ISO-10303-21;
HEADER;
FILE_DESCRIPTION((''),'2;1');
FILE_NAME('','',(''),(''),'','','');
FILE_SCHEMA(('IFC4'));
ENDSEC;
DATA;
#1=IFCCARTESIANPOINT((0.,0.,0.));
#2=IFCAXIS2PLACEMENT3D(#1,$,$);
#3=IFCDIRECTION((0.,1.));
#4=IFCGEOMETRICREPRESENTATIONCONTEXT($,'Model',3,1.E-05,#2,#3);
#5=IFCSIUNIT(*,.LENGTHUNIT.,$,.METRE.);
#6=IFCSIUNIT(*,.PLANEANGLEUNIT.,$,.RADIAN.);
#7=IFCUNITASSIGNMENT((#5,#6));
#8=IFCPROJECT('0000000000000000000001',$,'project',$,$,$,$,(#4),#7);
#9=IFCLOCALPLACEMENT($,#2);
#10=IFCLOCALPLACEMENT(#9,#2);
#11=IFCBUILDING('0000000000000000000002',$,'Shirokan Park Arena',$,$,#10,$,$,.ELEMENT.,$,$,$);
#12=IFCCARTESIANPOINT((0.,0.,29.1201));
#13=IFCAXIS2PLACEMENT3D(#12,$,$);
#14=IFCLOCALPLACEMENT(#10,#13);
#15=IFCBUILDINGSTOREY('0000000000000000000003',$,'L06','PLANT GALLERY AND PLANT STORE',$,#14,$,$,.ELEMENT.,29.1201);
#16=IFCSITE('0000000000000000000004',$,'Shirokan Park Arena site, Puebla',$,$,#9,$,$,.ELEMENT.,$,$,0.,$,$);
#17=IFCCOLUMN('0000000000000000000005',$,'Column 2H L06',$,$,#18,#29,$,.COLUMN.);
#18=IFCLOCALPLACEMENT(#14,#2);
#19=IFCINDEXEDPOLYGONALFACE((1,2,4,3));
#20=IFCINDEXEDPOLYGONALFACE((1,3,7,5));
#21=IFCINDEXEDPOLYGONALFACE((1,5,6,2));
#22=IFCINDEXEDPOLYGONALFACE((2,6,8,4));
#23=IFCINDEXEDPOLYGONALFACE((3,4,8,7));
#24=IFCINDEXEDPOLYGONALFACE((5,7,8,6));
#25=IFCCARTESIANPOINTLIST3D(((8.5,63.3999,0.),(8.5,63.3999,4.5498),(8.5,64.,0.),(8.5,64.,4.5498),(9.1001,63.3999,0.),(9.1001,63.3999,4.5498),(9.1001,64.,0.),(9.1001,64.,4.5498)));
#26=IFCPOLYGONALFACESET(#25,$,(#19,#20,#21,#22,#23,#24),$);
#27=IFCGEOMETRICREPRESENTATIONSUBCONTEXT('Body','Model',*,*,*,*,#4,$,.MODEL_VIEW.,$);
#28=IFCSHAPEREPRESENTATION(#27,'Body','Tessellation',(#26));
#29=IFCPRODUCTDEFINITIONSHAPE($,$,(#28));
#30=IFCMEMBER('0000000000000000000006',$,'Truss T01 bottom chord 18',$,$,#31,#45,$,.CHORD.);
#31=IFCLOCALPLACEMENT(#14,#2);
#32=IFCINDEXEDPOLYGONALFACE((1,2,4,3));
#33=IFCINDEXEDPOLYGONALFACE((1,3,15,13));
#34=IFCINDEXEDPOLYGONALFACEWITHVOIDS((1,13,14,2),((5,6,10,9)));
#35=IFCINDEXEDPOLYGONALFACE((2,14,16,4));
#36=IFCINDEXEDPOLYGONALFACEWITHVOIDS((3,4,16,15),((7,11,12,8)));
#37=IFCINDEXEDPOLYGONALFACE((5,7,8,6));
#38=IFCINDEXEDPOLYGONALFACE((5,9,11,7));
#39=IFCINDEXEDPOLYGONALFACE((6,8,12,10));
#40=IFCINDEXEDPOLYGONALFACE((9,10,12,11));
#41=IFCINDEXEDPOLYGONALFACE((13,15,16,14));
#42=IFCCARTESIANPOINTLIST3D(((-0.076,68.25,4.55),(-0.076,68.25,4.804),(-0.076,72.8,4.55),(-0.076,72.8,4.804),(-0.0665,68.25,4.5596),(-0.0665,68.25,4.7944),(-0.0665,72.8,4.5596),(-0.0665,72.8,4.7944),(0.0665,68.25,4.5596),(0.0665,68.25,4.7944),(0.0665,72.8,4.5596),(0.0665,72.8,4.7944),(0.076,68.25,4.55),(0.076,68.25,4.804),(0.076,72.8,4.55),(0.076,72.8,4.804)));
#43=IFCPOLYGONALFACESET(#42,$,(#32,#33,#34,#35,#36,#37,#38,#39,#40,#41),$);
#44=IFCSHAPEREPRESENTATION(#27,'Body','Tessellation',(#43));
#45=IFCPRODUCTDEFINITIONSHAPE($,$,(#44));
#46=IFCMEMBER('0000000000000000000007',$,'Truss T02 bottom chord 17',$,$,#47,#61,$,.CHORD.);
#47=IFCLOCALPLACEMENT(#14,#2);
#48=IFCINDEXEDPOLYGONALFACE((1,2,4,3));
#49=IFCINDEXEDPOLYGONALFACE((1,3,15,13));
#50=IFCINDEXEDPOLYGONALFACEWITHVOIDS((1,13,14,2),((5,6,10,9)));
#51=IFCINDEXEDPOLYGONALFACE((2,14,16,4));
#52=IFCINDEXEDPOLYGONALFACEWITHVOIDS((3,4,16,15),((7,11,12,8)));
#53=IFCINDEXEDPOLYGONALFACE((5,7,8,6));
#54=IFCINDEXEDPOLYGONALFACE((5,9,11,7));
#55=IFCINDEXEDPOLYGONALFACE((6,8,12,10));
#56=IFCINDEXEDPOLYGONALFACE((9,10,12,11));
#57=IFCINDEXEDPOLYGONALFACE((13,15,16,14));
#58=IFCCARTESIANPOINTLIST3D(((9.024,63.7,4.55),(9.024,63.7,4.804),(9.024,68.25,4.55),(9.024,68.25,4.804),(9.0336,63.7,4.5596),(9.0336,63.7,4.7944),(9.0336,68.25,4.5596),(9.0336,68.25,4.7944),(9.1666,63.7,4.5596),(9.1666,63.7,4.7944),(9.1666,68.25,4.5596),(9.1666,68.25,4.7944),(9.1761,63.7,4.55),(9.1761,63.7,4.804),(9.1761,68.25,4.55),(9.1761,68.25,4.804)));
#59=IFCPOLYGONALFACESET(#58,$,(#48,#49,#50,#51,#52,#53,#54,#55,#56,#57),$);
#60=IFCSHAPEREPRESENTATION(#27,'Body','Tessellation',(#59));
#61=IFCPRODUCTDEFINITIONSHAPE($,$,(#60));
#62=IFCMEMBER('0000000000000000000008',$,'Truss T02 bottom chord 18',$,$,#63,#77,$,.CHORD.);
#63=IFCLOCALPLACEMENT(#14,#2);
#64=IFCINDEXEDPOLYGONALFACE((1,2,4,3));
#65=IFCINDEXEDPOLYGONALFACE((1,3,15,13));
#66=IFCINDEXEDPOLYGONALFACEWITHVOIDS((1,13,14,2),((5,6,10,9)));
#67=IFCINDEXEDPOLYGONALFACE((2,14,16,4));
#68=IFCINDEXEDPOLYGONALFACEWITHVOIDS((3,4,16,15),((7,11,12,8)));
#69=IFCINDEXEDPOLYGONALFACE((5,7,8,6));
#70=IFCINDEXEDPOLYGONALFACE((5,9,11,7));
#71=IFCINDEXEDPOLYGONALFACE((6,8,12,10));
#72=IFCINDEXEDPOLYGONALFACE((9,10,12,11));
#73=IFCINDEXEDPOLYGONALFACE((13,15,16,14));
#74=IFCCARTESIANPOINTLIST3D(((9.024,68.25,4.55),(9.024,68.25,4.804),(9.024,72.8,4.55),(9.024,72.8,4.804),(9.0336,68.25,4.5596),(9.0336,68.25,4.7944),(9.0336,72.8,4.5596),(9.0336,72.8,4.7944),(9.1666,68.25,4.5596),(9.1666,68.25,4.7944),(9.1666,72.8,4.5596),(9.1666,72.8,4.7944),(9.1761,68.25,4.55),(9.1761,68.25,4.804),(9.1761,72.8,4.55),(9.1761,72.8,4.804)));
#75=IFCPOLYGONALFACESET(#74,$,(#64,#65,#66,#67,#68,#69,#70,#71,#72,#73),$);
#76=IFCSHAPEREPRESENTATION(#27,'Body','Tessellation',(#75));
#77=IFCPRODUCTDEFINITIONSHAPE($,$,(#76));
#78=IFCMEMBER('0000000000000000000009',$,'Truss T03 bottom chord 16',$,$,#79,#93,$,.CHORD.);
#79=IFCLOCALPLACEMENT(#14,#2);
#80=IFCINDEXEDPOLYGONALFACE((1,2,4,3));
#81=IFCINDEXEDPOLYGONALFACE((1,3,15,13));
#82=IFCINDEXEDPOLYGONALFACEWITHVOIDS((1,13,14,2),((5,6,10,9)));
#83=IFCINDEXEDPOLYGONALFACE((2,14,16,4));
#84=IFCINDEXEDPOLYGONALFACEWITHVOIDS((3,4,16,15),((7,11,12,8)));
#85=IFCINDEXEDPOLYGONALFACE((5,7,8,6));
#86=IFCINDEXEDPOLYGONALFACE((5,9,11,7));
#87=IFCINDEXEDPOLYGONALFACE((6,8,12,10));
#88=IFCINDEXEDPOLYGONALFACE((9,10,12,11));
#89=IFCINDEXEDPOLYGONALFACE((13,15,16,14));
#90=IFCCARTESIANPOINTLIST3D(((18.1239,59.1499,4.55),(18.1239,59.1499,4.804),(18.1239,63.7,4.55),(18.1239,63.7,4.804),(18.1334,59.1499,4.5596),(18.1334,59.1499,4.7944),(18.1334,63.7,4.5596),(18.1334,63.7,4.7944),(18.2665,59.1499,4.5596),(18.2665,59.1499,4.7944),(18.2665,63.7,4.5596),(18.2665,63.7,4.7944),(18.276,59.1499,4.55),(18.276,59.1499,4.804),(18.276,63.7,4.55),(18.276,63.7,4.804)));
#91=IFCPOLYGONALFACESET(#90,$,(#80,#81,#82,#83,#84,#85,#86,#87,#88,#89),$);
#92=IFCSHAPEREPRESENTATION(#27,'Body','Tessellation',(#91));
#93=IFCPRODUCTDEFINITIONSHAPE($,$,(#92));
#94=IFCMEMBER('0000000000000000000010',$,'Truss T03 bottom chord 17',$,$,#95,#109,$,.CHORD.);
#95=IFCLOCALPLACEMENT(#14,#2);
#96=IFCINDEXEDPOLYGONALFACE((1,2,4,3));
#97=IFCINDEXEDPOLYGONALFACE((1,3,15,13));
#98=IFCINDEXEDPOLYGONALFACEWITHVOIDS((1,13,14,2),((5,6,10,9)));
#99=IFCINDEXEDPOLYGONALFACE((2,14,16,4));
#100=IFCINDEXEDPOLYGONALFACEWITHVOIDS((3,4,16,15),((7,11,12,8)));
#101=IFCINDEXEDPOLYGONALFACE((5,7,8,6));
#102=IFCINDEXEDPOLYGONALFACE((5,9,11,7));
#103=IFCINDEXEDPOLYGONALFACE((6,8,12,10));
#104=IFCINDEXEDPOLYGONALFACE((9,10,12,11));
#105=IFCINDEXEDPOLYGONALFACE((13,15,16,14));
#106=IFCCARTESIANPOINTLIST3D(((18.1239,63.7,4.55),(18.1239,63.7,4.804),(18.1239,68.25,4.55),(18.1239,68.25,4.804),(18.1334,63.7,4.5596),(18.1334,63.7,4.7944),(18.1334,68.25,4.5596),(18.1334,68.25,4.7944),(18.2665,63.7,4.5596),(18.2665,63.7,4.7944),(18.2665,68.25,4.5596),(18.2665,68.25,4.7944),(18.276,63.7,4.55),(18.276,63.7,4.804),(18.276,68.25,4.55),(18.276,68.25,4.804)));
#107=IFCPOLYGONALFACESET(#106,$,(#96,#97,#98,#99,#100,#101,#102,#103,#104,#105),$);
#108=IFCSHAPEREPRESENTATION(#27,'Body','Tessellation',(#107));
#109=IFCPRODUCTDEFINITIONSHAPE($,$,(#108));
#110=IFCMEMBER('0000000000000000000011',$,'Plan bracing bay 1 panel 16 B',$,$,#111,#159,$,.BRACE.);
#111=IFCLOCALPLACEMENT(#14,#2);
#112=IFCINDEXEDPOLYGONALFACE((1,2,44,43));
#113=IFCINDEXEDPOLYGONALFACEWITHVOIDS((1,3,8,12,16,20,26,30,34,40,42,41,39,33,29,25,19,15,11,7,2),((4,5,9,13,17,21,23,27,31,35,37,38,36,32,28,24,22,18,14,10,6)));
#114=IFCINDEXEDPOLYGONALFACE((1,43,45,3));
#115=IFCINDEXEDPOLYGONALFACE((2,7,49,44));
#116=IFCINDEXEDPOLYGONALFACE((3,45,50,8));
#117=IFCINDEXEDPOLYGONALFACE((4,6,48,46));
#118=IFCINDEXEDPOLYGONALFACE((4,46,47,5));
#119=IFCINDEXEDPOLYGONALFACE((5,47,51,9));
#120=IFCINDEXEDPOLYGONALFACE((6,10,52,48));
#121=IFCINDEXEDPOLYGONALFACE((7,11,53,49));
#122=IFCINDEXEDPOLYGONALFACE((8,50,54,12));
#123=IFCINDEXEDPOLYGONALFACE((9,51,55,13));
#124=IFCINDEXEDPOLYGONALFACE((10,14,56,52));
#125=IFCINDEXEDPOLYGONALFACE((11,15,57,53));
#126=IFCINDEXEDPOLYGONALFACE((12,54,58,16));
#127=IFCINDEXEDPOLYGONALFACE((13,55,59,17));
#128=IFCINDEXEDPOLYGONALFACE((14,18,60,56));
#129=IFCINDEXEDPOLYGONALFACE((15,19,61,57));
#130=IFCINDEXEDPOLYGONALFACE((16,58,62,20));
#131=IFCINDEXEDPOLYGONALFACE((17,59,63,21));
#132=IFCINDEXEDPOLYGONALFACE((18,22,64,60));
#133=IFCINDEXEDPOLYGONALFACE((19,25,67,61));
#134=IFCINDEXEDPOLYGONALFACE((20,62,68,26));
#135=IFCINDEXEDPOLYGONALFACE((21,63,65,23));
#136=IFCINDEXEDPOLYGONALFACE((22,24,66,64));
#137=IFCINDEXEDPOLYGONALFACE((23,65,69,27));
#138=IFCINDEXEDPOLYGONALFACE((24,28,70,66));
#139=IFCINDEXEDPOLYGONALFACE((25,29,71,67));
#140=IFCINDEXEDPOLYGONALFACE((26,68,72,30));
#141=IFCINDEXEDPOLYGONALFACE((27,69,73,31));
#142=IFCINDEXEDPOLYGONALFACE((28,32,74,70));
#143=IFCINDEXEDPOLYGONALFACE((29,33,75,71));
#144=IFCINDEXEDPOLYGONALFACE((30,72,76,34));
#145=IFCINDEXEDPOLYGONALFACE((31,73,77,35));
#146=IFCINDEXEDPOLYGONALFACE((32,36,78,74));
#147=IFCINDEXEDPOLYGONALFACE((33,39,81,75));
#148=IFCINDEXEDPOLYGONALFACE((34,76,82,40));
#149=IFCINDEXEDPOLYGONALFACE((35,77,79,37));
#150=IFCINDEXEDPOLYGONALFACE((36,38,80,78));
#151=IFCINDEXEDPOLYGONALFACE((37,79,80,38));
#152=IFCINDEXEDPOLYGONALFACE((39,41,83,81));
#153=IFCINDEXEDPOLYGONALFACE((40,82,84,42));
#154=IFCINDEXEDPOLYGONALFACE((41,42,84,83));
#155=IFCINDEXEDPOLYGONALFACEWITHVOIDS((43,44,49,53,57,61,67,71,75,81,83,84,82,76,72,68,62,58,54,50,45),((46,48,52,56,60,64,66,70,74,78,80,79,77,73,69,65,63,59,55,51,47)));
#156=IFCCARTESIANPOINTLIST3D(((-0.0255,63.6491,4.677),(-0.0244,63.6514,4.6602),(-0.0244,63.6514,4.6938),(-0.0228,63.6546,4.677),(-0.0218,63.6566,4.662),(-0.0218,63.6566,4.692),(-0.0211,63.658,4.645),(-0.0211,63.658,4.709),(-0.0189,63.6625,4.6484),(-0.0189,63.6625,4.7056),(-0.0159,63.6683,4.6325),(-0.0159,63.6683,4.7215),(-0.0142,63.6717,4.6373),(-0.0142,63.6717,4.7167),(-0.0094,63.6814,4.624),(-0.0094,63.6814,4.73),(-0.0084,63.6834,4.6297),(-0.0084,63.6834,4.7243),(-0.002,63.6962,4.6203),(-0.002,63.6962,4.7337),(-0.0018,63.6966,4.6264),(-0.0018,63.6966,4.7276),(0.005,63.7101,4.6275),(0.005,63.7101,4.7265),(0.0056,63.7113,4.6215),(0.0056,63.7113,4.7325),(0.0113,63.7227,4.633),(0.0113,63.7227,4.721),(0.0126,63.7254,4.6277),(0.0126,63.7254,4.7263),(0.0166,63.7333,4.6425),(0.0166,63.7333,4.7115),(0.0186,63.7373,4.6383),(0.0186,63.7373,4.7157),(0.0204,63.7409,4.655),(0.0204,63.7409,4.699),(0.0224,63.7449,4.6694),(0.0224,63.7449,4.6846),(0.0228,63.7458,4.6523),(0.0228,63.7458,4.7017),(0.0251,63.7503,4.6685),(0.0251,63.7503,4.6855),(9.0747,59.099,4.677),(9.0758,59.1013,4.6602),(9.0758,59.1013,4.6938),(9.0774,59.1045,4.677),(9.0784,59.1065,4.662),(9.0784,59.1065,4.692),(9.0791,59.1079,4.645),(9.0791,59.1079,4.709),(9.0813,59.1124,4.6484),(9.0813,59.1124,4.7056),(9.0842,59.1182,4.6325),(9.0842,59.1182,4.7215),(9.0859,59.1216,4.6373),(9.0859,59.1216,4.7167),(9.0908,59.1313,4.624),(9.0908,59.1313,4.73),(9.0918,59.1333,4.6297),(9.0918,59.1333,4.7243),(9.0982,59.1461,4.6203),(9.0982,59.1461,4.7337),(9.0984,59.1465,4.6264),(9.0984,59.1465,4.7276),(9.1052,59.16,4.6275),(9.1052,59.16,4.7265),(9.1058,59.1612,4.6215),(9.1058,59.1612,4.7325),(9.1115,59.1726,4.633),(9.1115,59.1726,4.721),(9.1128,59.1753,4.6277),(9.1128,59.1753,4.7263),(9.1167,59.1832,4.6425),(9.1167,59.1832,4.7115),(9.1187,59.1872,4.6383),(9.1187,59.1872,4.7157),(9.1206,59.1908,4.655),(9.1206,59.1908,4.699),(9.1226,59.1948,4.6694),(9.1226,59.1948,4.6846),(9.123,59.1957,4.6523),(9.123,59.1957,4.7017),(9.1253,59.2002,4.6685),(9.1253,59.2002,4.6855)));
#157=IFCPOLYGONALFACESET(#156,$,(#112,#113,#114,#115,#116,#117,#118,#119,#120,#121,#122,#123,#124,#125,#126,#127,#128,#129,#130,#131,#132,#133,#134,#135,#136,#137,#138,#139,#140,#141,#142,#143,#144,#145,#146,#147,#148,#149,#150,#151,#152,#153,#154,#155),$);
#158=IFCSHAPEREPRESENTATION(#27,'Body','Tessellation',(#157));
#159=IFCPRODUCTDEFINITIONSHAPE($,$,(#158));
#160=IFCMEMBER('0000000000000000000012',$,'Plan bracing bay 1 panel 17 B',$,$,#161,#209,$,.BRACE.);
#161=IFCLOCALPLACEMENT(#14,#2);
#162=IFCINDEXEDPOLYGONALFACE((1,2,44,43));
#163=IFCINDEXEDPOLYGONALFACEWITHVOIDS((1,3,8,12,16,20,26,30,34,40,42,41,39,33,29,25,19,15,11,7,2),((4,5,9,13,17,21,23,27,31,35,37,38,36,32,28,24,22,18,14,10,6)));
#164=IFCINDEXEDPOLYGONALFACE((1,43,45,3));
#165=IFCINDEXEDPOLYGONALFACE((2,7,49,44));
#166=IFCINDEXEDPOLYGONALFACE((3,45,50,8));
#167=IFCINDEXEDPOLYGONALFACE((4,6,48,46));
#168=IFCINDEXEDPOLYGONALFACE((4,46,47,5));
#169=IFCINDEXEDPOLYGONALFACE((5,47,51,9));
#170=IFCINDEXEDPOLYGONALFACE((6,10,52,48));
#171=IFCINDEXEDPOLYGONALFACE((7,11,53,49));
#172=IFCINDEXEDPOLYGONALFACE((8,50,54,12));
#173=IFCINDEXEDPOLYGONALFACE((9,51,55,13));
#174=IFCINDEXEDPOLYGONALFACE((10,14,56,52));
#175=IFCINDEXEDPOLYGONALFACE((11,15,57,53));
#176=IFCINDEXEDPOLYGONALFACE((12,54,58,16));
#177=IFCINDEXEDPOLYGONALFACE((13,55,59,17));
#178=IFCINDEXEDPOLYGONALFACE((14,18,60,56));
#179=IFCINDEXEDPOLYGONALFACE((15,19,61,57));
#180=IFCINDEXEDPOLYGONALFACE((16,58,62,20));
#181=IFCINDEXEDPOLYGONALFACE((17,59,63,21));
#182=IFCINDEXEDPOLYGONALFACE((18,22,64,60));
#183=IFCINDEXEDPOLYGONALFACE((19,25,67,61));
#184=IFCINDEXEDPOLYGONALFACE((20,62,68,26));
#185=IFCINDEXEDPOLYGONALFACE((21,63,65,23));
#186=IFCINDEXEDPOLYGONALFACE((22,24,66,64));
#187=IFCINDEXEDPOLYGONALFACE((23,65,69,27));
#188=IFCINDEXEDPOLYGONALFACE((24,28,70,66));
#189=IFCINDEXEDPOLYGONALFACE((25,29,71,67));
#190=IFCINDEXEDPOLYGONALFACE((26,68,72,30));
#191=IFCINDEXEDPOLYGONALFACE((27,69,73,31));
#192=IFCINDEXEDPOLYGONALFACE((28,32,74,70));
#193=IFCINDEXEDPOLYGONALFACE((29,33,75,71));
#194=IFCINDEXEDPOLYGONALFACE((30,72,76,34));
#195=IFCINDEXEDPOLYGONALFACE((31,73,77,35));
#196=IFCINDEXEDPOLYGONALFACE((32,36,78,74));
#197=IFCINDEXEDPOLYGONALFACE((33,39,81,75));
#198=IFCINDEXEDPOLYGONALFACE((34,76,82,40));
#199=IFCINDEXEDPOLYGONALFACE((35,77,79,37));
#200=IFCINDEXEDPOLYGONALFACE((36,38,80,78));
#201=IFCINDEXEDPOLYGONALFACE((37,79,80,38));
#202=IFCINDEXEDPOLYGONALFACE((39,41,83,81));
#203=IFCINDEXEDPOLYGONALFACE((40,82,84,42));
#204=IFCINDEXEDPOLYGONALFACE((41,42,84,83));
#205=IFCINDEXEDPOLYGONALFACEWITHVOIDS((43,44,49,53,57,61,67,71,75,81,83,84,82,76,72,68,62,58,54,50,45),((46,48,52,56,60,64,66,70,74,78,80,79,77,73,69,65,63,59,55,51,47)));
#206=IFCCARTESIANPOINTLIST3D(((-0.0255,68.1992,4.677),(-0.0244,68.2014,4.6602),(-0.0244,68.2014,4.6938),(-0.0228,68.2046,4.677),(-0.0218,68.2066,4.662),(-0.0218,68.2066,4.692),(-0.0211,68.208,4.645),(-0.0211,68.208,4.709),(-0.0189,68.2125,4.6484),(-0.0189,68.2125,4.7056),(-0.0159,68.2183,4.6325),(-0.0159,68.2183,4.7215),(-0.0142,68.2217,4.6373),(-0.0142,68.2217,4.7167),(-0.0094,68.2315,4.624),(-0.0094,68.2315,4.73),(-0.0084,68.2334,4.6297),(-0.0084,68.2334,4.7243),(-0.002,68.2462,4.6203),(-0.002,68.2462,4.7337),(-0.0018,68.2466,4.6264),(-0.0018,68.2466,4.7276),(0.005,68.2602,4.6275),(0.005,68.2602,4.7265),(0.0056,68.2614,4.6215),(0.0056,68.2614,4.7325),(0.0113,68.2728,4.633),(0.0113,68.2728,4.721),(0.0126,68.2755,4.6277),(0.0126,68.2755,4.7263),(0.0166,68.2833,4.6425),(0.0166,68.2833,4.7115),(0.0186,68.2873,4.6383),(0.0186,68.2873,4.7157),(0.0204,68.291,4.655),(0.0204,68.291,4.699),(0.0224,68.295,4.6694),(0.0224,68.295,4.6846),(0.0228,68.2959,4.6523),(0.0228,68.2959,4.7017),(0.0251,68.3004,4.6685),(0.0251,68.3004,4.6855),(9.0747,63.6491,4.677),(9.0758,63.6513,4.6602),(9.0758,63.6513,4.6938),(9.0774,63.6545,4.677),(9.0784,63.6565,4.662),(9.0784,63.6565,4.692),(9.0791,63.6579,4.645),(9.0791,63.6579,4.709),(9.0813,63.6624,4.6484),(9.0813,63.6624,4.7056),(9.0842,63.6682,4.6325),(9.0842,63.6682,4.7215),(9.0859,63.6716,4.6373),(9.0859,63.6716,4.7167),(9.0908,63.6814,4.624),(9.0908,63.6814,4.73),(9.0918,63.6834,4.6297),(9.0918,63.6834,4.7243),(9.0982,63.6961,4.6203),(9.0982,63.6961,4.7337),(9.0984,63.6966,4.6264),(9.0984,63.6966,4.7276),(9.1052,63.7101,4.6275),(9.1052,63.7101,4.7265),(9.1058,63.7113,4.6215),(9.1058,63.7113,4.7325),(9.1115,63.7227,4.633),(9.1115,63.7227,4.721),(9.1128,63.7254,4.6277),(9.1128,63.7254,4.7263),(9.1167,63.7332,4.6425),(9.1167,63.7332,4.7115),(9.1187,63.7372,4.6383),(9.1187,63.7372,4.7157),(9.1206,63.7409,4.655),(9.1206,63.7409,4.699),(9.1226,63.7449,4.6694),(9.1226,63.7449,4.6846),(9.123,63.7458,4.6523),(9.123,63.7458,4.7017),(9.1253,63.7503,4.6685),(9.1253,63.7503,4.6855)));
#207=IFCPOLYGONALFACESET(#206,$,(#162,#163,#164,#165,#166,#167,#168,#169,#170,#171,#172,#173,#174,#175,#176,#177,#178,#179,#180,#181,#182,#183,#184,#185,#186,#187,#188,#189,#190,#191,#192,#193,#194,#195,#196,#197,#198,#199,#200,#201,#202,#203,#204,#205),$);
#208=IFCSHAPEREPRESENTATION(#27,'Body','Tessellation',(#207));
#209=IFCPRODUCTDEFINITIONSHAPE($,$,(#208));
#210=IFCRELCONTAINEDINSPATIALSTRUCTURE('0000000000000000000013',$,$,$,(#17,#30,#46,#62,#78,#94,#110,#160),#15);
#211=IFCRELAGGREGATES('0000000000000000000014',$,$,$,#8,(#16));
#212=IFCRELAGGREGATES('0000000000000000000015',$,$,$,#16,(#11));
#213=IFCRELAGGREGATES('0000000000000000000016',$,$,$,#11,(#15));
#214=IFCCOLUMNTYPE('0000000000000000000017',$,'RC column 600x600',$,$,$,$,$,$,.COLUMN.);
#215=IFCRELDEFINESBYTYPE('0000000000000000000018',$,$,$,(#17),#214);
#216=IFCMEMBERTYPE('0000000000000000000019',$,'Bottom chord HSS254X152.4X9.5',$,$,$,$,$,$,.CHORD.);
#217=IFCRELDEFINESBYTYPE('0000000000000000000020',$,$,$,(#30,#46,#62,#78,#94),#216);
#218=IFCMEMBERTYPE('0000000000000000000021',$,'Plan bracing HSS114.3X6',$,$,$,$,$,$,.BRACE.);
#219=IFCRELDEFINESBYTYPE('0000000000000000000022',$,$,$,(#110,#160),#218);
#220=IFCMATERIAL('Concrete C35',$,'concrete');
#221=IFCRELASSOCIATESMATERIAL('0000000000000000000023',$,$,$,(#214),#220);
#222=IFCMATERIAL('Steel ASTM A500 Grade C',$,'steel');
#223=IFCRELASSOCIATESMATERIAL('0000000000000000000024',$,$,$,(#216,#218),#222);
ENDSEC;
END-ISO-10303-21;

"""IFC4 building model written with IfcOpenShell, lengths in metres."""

from ifc_helpers import new_model, si_unit, direction, frame, origin, origin_2d, place, context, subcontext, project, spatial, rectangle, hollow_rectangle, hollow_circle, extrude, material, material_profile, profile_set, type_object, element, save


model = new_model("IFC4")

# Units and contexts
model_context = context("Model", 3, precision=1e-05, world=origin(), true_north=direction((0.0, 1.0)))
body_context = subcontext(model_context, "Body", "Model", "MODEL_VIEW")
ifc_project = project(units=[si_unit("LENGTHUNIT", "METRE"), si_unit("PLANEANGLEUNIT", "RADIAN")], contexts=[model_context])

# Site, building, storey
site_placement = place(None, origin())
site = spatial("IfcSite", under=ifc_project, at=site_placement, Name="Shirokan Park Arena site, Puebla", CompositionType="ELEMENT", RefElevation=0.0)
building_placement = place(site_placement, origin())
building = spatial("IfcBuilding", under=site, at=building_placement, Name="Shirokan Park Arena", CompositionType="ELEMENT")
storey_placement = place(building_placement, frame((0.0, 0.0, 29.1201)))
storey = spatial("IfcBuildingStorey", under=building, at=storey_placement, Name="L06", Description="PLANT GALLERY AND PLANT STORE", CompositionType="ELEMENT", Elevation=29.1201)

# Column
ifc_material_1 = material(Name="Concrete C35", Category="concrete")
ifc_material_profile_1 = material_profile(ifc_material_1, rectangle(XDim=0.6001, YDim=0.6001, at=origin_2d()), Name="600x600")
ifc_profile_set_1 = profile_set([ifc_material_profile_1], Name="Concrete C35")
column_type = type_object("IfcColumnType", Name="RC column 600x600", PredefinedType="COLUMN", material=ifc_profile_set_1)
column_placement = place(storey_placement, frame((8.8, 63.7, 0.0), z_axis=(0.0, 0.0, 1.0), x_axis=(1.0, 0.0, 0.0)))
element("IfcColumn", 1, at=column_placement, inside=storey, type_object=column_type, Name="Column 2H L06", PredefinedType="COLUMN", context=body_context, shape_type="SweptSolid", body=[
    extrude(rectangle(XDim=0.6001, YDim=0.6001, at=origin_2d()), origin(), (0.0, 0.0, 1.0), 4.5498),
])

# Members
ifc_material_2 = material(Name="Steel ASTM A500 Grade C", Category="steel")
ifc_material_profile_2 = material_profile(ifc_material_2, hollow_rectangle(XDim=0.1521, YDim=0.2539, WallThickness=0.0095, at=origin_2d()), Name="HSS254X152.4X9.5")
ifc_profile_set_2 = profile_set([ifc_material_profile_2], Name="Steel ASTM A500 Grade C")
member_type_1 = type_object("IfcMemberType", Name="Bottom chord HSS254X152.4X9.5", PredefinedType="CHORD", material=ifc_profile_set_2)
for number, where, z_axis, x_axis, name in (
    (2, (0.0, 68.25, 4.677), (0.0, 1.0, 0.0), (-1.0, 0.0, 0.0), "Truss T01 bottom chord 18"),
    (3, (9.1001, 63.7, 4.677), (0.0, 1.0, 0.0), (-1.0, 0.0, 0.0), "Truss T02 bottom chord 17"),
    (4, (9.1001, 68.25, 4.677), (0.0, 1.0, 0.0), (-1.0, 0.0, 0.0), "Truss T02 bottom chord 18"),
    (5, (18.2, 59.1499, 4.677), (0.0, 1.0, 0.0), (-1.0, 0.0, 0.0), "Truss T03 bottom chord 16"),
    (6, (18.2, 63.7, 4.677), (0.0, 1.0, 0.0), (-1.0, 0.0, 0.0), "Truss T03 bottom chord 17"),
):
    element("IfcMember", number, at=place(storey_placement, frame(where, z_axis=z_axis, x_axis=x_axis)), inside=storey, type_object=member_type_1, Name=name, PredefinedType="CHORD", context=body_context, shape_type="SweptSolid", body=[
        extrude(hollow_rectangle(XDim=0.1521, YDim=0.2539, WallThickness=0.0095, at=origin_2d()), origin(), (0.0, 0.0, 1.0), 4.55),
    ])
ifc_material_profile_3 = material_profile(ifc_material_2, hollow_circle(Radius=0.0569, WallThickness=0.0061, at=origin_2d()), Name="HSS114.3X6")
ifc_profile_set_3 = profile_set([ifc_material_profile_3], Name="Steel ASTM A500 Grade C")
member_type_2 = type_object("IfcMemberType", Name="Plan bracing HSS114.3X6", PredefinedType="BRACE", material=ifc_profile_set_3)
for number, where, z_axis, x_axis, name in (
    (7, (9.1001, 59.1499, 4.677), (-0.894427, 0.447214, 0.0), (-0.447214, -0.894427, 0.0), "Plan bracing bay 1 panel 16 B"),
    (8, (9.1001, 63.7, 4.677), (-0.894427, 0.447214, 0.0), (-0.447214, -0.894427, 0.0), "Plan bracing bay 1 panel 17 B"),
):
    element("IfcMember", number, at=place(storey_placement, frame(where, z_axis=z_axis, x_axis=x_axis)), inside=storey, type_object=member_type_2, Name=name, PredefinedType="BRACE", context=body_context, shape_type="SweptSolid", body=[
        extrude(hollow_circle(Radius=0.0569, WallThickness=0.0061, at=origin_2d()), origin(), (0.0, 0.0, 1.0), 10.1743),
    ])

save(model, "model.ifc")
